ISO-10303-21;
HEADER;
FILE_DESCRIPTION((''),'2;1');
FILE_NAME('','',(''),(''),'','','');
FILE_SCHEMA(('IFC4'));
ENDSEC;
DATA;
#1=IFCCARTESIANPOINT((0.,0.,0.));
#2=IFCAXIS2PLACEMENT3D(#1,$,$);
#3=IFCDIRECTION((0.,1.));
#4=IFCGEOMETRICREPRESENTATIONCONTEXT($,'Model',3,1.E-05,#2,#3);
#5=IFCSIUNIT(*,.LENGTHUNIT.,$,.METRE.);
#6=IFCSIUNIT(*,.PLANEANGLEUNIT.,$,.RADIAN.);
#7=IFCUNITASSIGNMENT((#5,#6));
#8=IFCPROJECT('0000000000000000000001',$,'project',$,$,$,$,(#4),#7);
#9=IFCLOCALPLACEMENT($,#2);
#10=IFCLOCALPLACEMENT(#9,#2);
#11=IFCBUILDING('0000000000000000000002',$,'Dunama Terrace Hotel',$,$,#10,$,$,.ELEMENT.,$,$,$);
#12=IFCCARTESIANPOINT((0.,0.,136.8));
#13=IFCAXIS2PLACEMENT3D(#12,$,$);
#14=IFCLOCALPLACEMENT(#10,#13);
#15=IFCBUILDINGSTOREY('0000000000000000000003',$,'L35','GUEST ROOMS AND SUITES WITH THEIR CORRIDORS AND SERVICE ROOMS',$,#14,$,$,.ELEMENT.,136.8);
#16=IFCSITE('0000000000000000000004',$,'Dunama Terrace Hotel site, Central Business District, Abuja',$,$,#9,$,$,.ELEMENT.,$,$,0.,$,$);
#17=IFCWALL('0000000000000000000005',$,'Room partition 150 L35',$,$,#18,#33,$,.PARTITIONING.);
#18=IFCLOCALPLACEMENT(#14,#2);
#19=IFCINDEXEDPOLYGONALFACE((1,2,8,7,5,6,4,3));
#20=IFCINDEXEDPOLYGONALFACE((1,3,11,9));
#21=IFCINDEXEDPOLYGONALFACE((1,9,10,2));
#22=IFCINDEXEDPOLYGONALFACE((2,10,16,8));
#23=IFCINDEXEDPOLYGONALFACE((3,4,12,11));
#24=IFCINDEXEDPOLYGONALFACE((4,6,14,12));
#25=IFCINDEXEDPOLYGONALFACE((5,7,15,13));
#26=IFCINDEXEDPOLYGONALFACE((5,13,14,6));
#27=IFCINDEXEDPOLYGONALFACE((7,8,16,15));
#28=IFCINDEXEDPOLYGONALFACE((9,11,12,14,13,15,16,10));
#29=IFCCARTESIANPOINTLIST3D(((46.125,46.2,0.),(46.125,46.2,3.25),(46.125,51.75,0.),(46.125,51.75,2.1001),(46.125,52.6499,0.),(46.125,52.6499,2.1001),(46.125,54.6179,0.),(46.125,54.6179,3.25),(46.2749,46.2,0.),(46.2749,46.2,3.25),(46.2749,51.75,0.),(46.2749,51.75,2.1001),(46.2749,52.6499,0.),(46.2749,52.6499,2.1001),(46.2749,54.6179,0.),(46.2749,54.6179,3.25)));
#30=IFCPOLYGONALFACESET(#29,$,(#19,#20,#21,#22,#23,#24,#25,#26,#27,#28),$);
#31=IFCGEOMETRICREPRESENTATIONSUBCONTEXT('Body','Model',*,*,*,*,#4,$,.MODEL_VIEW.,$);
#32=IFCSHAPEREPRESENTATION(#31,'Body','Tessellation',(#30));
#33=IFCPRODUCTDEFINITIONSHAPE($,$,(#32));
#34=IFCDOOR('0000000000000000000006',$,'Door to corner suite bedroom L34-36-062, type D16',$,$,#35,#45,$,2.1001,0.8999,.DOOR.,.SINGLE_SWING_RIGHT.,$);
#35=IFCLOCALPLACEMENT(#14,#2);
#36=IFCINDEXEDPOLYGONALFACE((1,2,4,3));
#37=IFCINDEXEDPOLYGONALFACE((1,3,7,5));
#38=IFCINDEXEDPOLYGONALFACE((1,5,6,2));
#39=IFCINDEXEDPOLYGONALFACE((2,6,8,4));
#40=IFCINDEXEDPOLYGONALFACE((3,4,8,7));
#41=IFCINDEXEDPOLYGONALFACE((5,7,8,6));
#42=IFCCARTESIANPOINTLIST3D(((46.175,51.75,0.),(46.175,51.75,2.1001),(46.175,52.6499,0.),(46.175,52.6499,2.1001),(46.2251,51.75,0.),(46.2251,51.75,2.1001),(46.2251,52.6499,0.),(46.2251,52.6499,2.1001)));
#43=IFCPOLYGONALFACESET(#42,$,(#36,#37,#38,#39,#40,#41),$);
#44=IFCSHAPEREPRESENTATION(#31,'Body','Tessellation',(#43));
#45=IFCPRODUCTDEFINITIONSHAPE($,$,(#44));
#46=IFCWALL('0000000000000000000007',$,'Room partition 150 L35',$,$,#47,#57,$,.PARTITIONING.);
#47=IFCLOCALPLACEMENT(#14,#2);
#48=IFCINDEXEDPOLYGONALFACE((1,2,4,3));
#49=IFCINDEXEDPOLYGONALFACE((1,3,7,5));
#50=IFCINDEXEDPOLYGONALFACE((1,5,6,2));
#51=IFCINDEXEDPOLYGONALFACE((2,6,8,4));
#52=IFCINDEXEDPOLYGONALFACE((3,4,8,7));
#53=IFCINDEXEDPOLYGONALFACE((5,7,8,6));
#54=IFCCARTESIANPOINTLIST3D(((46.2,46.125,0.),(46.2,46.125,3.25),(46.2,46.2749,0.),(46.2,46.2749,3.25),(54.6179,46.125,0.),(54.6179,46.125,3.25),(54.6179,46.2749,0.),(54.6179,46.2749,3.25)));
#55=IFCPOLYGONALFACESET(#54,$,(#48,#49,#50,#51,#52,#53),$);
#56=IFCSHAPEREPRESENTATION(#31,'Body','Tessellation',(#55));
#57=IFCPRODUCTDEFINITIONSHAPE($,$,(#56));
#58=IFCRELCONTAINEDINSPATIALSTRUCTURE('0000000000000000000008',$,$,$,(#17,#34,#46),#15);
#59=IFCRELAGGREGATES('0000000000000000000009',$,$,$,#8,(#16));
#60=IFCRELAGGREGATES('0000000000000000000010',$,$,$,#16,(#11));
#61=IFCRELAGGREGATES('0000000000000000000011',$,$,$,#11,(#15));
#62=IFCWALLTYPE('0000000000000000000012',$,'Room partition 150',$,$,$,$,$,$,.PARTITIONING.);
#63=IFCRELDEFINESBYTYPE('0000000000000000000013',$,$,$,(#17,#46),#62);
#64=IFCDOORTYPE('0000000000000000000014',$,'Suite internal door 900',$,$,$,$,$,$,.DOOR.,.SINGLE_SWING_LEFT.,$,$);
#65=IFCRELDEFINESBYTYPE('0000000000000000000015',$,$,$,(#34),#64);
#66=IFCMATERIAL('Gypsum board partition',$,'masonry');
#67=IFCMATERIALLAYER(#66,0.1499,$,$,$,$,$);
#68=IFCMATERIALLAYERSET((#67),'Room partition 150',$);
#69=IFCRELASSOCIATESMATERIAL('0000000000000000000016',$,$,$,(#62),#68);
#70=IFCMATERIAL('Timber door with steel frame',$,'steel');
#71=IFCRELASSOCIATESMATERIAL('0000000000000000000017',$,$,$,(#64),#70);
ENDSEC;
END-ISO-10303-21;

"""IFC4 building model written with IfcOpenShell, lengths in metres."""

from ifc_helpers import new_model, si_unit, direction, frame, frame_2d, origin, place, context, subcontext, project, spatial, rectangle, extrude, material, layer, layer_set, type_object, element, fill, save


model = new_model("IFC4")

# Units and contexts
model_context = context("Model", 3, precision=1e-05, world=origin(), true_north=direction((0.0, 1.0)))
body_context = subcontext(model_context, "Body", "Model", "MODEL_VIEW")
ifc_project = project(units=[si_unit("LENGTHUNIT", "METRE"), si_unit("PLANEANGLEUNIT", "RADIAN")], contexts=[model_context])

# Site, building, storey
site_placement = place(None, origin())
site = spatial("IfcSite", under=ifc_project, at=site_placement, Name="Dunama Terrace Hotel site, Central Business District, Abuja", CompositionType="ELEMENT", RefElevation=0.0)
building_placement = place(site_placement, origin())
building = spatial("IfcBuilding", under=site, at=building_placement, Name="Dunama Terrace Hotel", CompositionType="ELEMENT")
storey_placement = place(building_placement, frame((0.0, 0.0, 136.8)))
storey = spatial("IfcBuildingStorey", under=building, at=storey_placement, Name="L35", Description="GUEST ROOMS AND SUITES WITH THEIR CORRIDORS AND SERVICE ROOMS", CompositionType="ELEMENT", Elevation=136.8)

# Wall, opening, door
ifc_material_1 = material(Name="Gypsum board partition", Category="masonry")
ifc_layer_1 = layer(ifc_material_1, 0.1499)
ifc_layer_set_1 = layer_set([ifc_layer_1], Name="Room partition 150")
wall_type_1 = type_object("IfcWallType", Name="Room partition 150", PredefinedType="PARTITIONING", material=ifc_layer_set_1)
wall_1_placement = place(storey_placement, frame((46.2, 46.2, 0.0), z_axis=(0.0, 0.0, 1.0), x_axis=(0.0, 1.0, 0.0)))
wall_1 = element("IfcWall", 1, at=wall_1_placement, inside=storey, type_object=wall_type_1, Name="Room partition 150 L35", PredefinedType="PARTITIONING", context=body_context, shape_type="SweptSolid", body=[
    extrude(rectangle(XDim=8.418, YDim=0.1499, at=frame_2d((4.209, 0.0))), origin(), (0.0, 0.0, 1.0), 3.25),
])
opening_1_placement = place(wall_1_placement, frame((5.55, 0.0, 0.0)))
opening_1 = element("IfcOpeningElement", 2, at=opening_1_placement, cuts=wall_1, PredefinedType="OPENING", context=body_context, shape_type="SweptSolid", body=[
    extrude(rectangle(XDim=0.8999, YDim=2.1001, at=frame_2d((0.45, 1.05))), frame((0.0, 0.085, 0.0), z_axis=(0.0, -1.0, 0.0), x_axis=(1.0, 0.0, 0.0)), (0.0, 0.0, 1.0), 0.1699),
])
ifc_material_2 = material(Name="Timber door with steel frame", Category="steel")
door_type_1 = type_object("IfcDoorType", Name="Suite internal door 900", OperationType="SINGLE_SWING_LEFT", PredefinedType="DOOR", material=ifc_material_2)
door_1_placement = place(opening_1_placement, frame((0.8999, 0.0, 0.0), z_axis=(0.0, 0.0, 1.0), x_axis=(-1.0, 0.0, 0.0)))
door_1 = element("IfcDoor", 3, at=door_1_placement, inside=storey, type_object=door_type_1, Name="Door to corner suite bedroom L34-36-062, type D16", OperationType="SINGLE_SWING_RIGHT", OverallHeight=2.1001, OverallWidth=0.8999, PredefinedType="DOOR", context=body_context, shape_type="SweptSolid", body=[
    extrude(rectangle(XDim=0.8999, YDim=2.1001, at=frame_2d((0.45, 1.05))), frame((0.0, 0.0251, 0.0), z_axis=(0.0, -1.0, 0.0), x_axis=(1.0, 0.0, 0.0)), (0.0, 0.0, 1.0), 0.05),
])
fill(opening_1, door_1)

# Wall
wall_2_placement = place(storey_placement, frame((46.2, 46.2, 0.0), z_axis=(0.0, 0.0, 1.0), x_axis=(1.0, 0.0, 0.0)))
element("IfcWall", 4, at=wall_2_placement, inside=storey, type_object=wall_type_1, Name="Room partition 150 L35", PredefinedType="PARTITIONING", context=body_context, shape_type="SweptSolid", body=[
    extrude(rectangle(XDim=8.418, YDim=0.1499, at=frame_2d((4.209, 0.0))), origin(), (0.0, 0.0, 1.0), 3.25),
])

save(model, "model.ifc")
